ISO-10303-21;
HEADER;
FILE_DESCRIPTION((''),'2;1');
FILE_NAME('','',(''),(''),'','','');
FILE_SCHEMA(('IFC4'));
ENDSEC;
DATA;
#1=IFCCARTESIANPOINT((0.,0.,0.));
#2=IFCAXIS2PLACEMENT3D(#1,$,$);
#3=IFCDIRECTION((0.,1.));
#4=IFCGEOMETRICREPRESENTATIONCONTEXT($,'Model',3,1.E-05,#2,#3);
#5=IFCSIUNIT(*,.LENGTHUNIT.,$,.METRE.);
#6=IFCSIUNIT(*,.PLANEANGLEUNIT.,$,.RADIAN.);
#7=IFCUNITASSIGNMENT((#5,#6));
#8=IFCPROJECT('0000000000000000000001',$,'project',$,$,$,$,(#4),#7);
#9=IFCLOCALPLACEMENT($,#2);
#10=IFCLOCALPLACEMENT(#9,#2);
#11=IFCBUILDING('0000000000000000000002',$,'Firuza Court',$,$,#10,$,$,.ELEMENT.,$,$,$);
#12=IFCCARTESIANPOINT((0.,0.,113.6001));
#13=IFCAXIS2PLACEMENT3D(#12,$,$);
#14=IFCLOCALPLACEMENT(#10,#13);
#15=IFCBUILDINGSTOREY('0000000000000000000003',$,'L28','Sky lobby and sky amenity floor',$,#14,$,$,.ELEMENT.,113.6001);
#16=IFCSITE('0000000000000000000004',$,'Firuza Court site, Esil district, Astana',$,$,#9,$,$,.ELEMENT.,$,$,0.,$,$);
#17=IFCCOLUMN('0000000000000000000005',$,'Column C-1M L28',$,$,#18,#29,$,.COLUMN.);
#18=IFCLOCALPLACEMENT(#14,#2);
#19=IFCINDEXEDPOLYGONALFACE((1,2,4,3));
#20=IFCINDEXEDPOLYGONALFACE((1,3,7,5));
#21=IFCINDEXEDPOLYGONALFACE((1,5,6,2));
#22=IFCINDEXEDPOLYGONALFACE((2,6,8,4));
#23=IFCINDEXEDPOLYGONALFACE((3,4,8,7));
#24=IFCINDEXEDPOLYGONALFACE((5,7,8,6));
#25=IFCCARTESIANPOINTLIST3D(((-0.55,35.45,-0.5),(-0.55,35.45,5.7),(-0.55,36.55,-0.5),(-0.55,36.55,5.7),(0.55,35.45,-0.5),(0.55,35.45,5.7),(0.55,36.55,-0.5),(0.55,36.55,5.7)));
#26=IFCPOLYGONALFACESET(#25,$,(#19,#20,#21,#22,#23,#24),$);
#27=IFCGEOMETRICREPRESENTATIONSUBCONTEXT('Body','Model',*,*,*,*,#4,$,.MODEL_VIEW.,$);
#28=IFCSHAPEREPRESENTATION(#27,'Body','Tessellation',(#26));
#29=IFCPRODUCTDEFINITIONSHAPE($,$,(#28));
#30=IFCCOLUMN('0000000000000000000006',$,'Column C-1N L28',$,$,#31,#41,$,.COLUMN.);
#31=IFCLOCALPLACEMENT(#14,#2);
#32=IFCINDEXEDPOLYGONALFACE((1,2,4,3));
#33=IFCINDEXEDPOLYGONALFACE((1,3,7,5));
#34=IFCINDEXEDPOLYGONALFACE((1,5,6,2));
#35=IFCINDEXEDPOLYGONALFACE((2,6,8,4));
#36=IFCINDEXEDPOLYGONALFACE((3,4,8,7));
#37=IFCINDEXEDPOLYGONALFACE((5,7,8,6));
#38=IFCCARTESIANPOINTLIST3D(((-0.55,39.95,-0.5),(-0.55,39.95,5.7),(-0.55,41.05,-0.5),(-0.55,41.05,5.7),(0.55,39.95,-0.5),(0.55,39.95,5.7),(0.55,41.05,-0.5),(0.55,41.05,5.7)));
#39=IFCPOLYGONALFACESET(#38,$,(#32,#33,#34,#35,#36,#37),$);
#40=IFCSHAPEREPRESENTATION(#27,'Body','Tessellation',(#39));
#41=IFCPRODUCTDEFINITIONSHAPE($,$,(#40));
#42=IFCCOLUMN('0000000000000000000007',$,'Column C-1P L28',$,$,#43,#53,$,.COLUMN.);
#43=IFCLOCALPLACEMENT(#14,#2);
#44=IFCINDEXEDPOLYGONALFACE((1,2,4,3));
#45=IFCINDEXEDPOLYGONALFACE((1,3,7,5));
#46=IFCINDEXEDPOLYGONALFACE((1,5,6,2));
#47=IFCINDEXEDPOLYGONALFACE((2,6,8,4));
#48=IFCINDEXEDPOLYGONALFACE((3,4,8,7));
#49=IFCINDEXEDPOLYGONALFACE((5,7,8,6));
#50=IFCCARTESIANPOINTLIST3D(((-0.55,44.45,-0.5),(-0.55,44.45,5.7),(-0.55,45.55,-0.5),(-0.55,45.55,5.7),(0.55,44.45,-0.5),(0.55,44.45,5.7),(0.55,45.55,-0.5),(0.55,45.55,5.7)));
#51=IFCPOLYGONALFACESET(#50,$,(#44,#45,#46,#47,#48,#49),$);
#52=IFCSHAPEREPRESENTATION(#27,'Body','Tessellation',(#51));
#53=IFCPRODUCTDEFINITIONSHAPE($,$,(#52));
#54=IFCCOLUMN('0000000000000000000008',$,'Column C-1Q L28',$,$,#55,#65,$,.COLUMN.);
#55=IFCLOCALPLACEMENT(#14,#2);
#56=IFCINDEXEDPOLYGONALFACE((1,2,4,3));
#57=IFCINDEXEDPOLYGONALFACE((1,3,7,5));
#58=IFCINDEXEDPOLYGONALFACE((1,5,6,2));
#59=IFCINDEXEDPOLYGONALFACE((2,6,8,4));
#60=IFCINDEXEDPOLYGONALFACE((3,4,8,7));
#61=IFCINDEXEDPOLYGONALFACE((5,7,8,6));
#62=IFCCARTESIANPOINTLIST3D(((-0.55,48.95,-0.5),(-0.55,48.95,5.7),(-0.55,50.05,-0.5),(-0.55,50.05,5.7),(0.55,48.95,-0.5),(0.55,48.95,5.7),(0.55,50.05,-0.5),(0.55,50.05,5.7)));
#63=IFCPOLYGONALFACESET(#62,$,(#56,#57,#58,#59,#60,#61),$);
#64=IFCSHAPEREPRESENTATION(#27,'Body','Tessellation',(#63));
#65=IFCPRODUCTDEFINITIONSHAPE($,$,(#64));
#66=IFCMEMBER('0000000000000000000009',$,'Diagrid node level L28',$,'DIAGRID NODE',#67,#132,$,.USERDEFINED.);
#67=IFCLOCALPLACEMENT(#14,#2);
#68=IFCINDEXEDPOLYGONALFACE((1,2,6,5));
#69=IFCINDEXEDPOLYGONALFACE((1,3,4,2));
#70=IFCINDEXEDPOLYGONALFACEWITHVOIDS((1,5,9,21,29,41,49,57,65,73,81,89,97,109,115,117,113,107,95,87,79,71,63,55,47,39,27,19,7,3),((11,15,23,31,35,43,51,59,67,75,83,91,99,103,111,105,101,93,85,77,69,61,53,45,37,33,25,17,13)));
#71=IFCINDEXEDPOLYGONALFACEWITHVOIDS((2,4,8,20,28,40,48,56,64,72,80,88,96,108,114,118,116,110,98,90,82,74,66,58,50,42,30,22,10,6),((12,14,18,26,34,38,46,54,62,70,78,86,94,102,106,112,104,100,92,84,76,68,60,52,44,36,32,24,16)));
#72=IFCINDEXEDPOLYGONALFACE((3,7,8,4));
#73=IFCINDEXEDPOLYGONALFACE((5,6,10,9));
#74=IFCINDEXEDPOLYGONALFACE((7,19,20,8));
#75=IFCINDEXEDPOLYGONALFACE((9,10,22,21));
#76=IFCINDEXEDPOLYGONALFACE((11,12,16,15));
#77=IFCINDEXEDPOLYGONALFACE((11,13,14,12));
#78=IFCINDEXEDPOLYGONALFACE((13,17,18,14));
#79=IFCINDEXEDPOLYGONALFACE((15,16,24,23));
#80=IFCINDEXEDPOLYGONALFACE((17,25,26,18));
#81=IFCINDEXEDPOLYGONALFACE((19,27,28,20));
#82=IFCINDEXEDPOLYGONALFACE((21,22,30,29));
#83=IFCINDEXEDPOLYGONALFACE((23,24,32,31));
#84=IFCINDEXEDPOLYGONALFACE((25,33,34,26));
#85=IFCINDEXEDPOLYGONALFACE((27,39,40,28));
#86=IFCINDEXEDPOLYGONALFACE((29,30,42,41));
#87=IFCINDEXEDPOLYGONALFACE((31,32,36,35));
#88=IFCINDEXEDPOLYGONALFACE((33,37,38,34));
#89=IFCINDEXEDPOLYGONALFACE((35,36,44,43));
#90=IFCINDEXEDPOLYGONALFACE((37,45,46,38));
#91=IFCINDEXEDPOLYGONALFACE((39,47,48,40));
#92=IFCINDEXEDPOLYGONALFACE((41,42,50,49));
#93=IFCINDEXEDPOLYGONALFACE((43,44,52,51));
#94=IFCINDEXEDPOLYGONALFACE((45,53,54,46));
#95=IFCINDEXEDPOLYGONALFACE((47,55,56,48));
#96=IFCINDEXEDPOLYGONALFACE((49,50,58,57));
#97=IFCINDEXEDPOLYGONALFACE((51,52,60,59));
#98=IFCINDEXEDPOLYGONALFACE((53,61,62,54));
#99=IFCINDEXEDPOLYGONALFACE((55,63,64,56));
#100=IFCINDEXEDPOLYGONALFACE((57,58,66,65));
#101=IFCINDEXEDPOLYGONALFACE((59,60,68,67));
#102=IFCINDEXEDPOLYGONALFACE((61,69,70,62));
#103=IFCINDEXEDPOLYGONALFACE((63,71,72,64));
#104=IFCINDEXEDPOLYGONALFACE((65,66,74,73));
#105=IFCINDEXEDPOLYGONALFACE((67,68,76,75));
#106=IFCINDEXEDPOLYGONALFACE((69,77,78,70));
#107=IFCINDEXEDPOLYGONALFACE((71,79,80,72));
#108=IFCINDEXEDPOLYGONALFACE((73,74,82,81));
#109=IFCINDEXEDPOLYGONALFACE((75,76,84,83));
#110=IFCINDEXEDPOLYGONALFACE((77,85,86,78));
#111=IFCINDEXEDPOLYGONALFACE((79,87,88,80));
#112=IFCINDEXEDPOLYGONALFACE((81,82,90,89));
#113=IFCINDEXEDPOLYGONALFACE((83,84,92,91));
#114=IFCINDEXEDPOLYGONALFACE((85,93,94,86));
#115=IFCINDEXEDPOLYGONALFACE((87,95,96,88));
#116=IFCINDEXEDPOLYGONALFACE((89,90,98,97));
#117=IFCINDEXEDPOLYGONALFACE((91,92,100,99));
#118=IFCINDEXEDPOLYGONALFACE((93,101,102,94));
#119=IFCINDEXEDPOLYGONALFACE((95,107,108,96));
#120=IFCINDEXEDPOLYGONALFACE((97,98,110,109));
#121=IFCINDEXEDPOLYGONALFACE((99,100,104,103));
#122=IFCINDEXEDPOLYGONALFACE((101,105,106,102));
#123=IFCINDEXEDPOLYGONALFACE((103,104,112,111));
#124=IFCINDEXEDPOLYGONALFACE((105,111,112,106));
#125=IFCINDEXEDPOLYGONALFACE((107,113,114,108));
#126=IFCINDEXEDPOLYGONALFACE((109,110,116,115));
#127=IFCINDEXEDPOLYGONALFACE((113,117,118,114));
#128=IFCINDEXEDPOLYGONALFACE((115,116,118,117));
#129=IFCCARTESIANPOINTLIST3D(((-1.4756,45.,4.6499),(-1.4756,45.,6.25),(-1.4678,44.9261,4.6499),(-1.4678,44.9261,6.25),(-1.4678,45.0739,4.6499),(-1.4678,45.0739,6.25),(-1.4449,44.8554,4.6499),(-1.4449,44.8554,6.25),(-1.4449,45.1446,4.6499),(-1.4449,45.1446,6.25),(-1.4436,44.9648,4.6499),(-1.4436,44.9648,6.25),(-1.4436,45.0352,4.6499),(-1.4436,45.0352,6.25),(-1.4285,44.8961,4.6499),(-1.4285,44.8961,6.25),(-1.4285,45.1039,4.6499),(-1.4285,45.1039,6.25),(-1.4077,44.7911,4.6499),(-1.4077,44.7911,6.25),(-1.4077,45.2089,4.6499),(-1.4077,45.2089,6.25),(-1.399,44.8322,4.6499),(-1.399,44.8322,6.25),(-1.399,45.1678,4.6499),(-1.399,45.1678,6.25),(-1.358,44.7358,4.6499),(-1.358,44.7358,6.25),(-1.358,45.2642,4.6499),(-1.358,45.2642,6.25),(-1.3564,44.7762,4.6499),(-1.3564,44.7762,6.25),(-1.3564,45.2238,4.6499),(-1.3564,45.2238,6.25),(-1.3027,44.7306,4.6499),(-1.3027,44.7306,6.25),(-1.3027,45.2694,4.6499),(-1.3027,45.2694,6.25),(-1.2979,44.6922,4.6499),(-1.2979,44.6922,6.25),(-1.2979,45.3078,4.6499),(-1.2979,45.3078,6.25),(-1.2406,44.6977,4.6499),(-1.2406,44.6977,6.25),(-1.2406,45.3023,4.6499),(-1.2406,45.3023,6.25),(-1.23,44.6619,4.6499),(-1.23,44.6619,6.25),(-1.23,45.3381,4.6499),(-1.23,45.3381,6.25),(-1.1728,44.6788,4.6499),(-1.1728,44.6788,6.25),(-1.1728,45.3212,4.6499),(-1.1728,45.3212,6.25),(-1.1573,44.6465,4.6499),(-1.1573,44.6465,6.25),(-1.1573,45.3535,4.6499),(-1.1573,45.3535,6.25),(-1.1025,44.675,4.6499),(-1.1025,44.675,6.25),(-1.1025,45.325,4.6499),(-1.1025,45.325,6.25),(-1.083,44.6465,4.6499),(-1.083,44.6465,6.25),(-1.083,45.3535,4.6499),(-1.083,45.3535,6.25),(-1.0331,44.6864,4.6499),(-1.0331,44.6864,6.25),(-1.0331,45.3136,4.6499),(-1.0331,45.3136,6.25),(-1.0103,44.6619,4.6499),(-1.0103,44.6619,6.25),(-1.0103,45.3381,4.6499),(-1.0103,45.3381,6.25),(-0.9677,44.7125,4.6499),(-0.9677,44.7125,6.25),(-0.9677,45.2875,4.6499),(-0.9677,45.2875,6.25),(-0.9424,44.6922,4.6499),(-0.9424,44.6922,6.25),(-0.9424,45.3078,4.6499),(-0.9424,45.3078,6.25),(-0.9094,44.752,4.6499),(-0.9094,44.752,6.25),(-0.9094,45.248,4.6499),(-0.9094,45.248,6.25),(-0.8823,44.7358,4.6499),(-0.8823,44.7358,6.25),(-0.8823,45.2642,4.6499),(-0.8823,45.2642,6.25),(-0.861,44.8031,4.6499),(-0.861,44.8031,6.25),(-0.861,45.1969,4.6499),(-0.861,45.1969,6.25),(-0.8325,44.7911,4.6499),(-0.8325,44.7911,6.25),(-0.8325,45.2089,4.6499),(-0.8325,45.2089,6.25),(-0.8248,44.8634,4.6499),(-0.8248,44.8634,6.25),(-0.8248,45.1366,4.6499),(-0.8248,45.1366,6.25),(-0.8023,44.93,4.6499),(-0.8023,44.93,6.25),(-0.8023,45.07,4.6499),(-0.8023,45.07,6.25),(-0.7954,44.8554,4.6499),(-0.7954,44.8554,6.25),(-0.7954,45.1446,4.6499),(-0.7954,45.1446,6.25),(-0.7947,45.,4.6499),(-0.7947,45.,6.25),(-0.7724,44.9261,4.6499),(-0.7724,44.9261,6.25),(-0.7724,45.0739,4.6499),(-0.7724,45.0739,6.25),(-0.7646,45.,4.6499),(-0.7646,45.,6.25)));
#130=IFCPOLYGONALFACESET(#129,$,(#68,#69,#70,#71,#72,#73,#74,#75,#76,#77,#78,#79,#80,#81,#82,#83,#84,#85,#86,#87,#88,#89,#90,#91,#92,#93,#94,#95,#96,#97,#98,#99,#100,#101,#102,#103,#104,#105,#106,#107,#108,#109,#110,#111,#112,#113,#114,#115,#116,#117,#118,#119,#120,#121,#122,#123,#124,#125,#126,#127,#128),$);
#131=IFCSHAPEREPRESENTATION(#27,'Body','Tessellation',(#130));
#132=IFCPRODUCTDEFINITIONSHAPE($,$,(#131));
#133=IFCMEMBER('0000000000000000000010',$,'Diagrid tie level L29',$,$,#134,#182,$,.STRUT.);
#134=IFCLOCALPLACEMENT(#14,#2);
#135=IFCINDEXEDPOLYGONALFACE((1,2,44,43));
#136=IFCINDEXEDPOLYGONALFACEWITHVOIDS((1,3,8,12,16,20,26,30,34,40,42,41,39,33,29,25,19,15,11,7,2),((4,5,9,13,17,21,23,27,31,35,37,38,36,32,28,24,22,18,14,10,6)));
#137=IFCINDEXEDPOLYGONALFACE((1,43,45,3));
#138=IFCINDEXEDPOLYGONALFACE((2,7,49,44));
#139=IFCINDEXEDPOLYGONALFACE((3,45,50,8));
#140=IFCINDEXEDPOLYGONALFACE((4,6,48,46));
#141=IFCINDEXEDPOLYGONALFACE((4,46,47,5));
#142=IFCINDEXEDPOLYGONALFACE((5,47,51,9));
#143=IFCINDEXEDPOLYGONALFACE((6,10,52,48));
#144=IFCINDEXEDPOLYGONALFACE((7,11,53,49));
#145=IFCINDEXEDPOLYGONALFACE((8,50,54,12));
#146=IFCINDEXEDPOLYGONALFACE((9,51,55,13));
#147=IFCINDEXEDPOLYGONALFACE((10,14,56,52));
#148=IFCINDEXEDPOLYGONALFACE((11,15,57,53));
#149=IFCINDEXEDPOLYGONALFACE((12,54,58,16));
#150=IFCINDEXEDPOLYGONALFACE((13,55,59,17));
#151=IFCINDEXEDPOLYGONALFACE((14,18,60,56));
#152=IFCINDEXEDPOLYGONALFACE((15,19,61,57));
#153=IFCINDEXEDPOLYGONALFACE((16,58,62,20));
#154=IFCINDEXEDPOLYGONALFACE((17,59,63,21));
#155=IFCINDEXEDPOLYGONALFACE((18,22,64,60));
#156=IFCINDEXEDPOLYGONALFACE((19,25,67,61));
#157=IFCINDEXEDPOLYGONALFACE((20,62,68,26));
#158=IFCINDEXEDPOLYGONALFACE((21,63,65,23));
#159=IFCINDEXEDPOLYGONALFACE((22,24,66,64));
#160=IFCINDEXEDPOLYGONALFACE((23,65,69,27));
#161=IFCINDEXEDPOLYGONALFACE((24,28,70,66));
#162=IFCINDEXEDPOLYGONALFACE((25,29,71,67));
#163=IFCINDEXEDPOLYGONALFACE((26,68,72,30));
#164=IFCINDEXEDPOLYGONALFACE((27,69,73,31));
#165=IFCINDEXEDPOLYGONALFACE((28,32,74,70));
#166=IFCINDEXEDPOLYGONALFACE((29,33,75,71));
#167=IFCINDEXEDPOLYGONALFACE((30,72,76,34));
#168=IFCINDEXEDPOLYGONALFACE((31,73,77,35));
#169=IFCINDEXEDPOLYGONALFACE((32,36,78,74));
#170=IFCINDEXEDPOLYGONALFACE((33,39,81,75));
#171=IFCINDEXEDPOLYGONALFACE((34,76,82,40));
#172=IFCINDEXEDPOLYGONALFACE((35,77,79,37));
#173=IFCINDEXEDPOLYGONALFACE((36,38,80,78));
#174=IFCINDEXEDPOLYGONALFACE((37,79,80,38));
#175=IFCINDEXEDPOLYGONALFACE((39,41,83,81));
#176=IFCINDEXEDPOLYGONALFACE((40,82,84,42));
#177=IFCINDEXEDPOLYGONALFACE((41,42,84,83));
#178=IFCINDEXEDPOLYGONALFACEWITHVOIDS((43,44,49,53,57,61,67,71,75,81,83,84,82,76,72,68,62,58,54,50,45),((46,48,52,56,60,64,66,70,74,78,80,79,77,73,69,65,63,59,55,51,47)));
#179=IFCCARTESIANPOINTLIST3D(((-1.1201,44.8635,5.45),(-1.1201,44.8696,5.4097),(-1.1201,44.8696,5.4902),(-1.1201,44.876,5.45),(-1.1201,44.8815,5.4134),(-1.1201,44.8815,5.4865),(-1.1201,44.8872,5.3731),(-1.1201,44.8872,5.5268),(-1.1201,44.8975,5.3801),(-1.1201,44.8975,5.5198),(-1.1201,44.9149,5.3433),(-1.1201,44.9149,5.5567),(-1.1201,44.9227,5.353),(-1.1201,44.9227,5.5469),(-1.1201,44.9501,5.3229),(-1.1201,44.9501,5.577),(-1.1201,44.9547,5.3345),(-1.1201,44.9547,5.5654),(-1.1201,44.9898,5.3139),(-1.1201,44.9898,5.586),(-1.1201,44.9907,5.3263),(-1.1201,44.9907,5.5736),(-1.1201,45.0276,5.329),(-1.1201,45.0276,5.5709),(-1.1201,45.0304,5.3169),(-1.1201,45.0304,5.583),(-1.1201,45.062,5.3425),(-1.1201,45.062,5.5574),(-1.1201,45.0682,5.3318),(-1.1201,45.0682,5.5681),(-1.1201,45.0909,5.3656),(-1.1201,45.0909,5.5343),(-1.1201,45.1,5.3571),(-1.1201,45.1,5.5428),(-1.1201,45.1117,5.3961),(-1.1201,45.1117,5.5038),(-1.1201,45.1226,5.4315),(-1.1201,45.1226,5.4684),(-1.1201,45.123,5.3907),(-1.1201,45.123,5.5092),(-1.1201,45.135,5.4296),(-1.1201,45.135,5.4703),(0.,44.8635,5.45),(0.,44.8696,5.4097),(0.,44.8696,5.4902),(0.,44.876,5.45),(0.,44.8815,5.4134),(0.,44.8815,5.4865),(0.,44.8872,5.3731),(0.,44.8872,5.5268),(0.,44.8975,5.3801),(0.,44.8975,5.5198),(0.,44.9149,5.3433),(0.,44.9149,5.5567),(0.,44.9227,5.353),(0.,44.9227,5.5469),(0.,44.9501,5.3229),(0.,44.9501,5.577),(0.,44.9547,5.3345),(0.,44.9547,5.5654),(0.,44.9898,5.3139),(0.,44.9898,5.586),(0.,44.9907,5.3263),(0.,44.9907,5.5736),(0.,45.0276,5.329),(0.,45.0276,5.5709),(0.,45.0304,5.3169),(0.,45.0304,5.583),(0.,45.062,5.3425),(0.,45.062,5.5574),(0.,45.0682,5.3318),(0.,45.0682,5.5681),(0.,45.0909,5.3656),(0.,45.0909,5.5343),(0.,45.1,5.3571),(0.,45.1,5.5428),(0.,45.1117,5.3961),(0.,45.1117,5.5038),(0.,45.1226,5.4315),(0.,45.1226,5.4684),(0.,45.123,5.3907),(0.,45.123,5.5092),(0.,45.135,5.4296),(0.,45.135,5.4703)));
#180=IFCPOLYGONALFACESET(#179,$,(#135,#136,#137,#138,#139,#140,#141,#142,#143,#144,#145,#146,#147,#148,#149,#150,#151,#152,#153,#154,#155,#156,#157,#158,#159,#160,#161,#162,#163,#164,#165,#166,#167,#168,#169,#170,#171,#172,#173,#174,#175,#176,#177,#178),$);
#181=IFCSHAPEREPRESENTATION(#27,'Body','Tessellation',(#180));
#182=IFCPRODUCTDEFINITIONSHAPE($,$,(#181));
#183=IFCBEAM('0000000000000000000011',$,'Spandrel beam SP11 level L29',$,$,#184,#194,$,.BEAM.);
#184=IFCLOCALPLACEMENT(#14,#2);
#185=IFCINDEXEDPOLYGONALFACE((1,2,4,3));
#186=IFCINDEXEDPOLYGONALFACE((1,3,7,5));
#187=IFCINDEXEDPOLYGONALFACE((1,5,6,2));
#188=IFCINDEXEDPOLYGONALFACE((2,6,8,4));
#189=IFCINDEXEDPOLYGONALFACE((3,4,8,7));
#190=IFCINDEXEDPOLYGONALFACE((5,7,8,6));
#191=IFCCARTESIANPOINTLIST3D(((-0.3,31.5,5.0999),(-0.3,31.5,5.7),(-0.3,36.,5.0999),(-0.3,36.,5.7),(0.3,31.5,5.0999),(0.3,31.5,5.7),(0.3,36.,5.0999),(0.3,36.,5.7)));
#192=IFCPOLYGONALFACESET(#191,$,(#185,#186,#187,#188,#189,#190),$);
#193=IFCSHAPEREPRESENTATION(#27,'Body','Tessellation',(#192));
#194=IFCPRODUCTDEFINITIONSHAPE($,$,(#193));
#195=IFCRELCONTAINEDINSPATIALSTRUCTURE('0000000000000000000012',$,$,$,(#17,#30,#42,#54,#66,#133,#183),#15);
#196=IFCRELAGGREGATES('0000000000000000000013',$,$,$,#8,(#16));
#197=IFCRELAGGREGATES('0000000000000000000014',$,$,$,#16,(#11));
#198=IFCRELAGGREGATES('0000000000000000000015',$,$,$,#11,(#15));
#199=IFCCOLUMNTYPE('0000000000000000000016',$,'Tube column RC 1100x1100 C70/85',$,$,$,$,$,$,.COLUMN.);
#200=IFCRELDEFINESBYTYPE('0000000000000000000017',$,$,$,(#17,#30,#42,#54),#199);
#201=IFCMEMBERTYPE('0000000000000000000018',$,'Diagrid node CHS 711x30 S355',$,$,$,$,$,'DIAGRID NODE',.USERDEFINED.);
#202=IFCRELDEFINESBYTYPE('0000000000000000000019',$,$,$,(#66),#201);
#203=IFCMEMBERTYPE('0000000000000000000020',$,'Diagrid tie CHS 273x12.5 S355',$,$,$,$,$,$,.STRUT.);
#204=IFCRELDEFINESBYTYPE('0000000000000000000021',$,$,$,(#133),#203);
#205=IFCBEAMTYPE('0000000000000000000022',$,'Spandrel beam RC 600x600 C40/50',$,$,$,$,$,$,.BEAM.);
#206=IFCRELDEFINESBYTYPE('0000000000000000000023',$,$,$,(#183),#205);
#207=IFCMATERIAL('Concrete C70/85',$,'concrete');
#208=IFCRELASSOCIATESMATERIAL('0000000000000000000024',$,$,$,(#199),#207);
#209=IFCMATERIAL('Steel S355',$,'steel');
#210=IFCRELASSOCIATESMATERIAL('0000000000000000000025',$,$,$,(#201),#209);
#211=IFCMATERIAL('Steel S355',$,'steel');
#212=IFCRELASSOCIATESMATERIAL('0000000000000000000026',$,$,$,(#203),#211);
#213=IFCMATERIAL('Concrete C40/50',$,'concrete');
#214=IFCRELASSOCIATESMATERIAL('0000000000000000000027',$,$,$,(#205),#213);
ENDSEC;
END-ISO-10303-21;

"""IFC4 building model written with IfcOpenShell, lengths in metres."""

from ifc_helpers import new_model, si_unit, direction, frame, origin, origin_2d, place, context, subcontext, project, spatial, rectangle, hollow_circle, extrude, material, material_profile, profile_set, type_object, element, save


model = new_model("IFC4")

# Units and contexts
model_context = context("Model", 3, precision=1e-05, world=origin(), true_north=direction((0.0, 1.0)))
body_context = subcontext(model_context, "Body", "Model", "MODEL_VIEW")
ifc_project = project(units=[si_unit("LENGTHUNIT", "METRE"), si_unit("PLANEANGLEUNIT", "RADIAN")], contexts=[model_context])

# Site, building, storey
site_placement = place(None, origin())
site = spatial("IfcSite", under=ifc_project, at=site_placement, Name="Firuza Court site, Esil district, Astana", CompositionType="ELEMENT", RefElevation=0.0)
building_placement = place(site_placement, origin())
building = spatial("IfcBuilding", under=site, at=building_placement, Name="Firuza Court", CompositionType="ELEMENT")
storey_placement = place(building_placement, frame((0.0, 0.0, 113.6001)))
storey = spatial("IfcBuildingStorey", under=building, at=storey_placement, Name="L28", Description="Sky lobby and sky amenity floor", CompositionType="ELEMENT", Elevation=113.6001)

# Columns
ifc_material_1 = material(Name="Concrete C70/85", Category="concrete")
ifc_material_profile_1 = material_profile(ifc_material_1, rectangle(XDim=1.1001, YDim=1.1001, at=origin_2d()), Name="RC 1100x1100")
ifc_profile_set_1 = profile_set([ifc_material_profile_1], Name="Concrete C70/85")
column_type = type_object("IfcColumnType", Name="Tube column RC 1100x1100 C70/85", PredefinedType="COLUMN", material=ifc_profile_set_1)
for number, where, z_axis, x_axis, name in (
    (1, (0.0, 36.0, -0.5), (0.0, 0.0, 1.0), (1.0, 0.0, 0.0), "Column C-1M L28"),
    (2, (0.0, 40.5, -0.5), (0.0, 0.0, 1.0), (1.0, 0.0, 0.0), "Column C-1N L28"),
    (3, (0.0, 45.0, -0.5), (0.0, 0.0, 1.0), (1.0, 0.0, 0.0), "Column C-1P L28"),
    (4, (0.0, 49.5, -0.5), (0.0, 0.0, 1.0), (1.0, 0.0, 0.0), "Column C-1Q L28"),
):
    element("IfcColumn", number, at=place(storey_placement, frame(where, z_axis=z_axis, x_axis=x_axis)), inside=storey, type_object=column_type, Name=name, PredefinedType="COLUMN", context=body_context, shape_type="SweptSolid", body=[
        extrude(rectangle(XDim=1.1001, YDim=1.1001, at=origin_2d()), origin(), (0.0, 0.0, 1.0), 6.2),
    ])

# Members
ifc_material_2 = material(Name="Steel S355", Category="steel")
ifc_material_profile_2 = material_profile(ifc_material_2, hollow_circle(Radius=0.3555, WallThickness=0.03, at=origin_2d()), Name="CHS 711x30")
ifc_profile_set_2 = profile_set([ifc_material_profile_2], Name="Steel S355")
member_type_1 = type_object("IfcMemberType", Name="Diagrid node CHS 711x30 S355", ElementType="DIAGRID NODE", PredefinedType="USERDEFINED", material=ifc_profile_set_2)
member_1_placement = place(storey_placement, frame((-1.1201, 45.0, 4.6499), z_axis=(0.0, 0.0, 1.0), x_axis=(1.0, 0.0, 0.0)))
element("IfcMember", 5, at=member_1_placement, inside=storey, type_object=member_type_1, Name="Diagrid node level L28", ObjectType="DIAGRID NODE", PredefinedType="USERDEFINED", context=body_context, shape_type="SweptSolid", body=[
    extrude(hollow_circle(Radius=0.3555, WallThickness=0.03, at=origin_2d()), origin(), (0.0, 0.0, 1.0), 1.6001),
])
ifc_material_3 = material(Name="Steel S355", Category="steel")
ifc_material_profile_3 = material_profile(ifc_material_3, hollow_circle(Radius=0.1365, WallThickness=0.0125, at=origin_2d()), Name="CHS 273x12.5")
ifc_profile_set_3 = profile_set([ifc_material_profile_3], Name="Steel S355")
member_type_2 = type_object("IfcMemberType", Name="Diagrid tie CHS 273x12.5 S355", PredefinedType="STRUT", material=ifc_profile_set_3)
member_2_placement = place(storey_placement, frame((0.0, 45.0, 5.45), z_axis=(-1.0, 0.0, 0.0), x_axis=(0.0, -1.0, 0.0)))
element("IfcMember", 6, at=member_2_placement, inside=storey, type_object=member_type_2, Name="Diagrid tie level L29", PredefinedType="STRUT", context=body_context, shape_type="SweptSolid", body=[
    extrude(hollow_circle(Radius=0.1365, WallThickness=0.0125, at=origin_2d()), origin(), (0.0, 0.0, 1.0), 1.1201),
])

# Beam
ifc_material_4 = material(Name="Concrete C40/50", Category="concrete")
ifc_material_profile_4 = material_profile(ifc_material_4, rectangle(XDim=0.6001, YDim=0.6001, at=origin_2d()), Name="RC 600x600")
ifc_profile_set_4 = profile_set([ifc_material_profile_4], Name="Concrete C40/50")
beam_type = type_object("IfcBeamType", Name="Spandrel beam RC 600x600 C40/50", PredefinedType="BEAM", material=ifc_profile_set_4)
for number, where, z_axis, x_axis, name in (
    (7, (0.0, 36.0, 5.3999), (0.0, -1.0, 0.0), (1.0, 0.0, 0.0), "Spandrel beam SP11 level L29"),
):
    element("IfcBeam", number, at=place(storey_placement, frame(where, z_axis=z_axis, x_axis=x_axis)), inside=storey, type_object=beam_type, Name=name, PredefinedType="BEAM", context=body_context, shape_type="SweptSolid", body=[
        extrude(rectangle(XDim=0.6001, YDim=0.6001, at=origin_2d()), origin(), (0.0, 0.0, 1.0), 4.5),
    ])

save(model, "model.ifc")
